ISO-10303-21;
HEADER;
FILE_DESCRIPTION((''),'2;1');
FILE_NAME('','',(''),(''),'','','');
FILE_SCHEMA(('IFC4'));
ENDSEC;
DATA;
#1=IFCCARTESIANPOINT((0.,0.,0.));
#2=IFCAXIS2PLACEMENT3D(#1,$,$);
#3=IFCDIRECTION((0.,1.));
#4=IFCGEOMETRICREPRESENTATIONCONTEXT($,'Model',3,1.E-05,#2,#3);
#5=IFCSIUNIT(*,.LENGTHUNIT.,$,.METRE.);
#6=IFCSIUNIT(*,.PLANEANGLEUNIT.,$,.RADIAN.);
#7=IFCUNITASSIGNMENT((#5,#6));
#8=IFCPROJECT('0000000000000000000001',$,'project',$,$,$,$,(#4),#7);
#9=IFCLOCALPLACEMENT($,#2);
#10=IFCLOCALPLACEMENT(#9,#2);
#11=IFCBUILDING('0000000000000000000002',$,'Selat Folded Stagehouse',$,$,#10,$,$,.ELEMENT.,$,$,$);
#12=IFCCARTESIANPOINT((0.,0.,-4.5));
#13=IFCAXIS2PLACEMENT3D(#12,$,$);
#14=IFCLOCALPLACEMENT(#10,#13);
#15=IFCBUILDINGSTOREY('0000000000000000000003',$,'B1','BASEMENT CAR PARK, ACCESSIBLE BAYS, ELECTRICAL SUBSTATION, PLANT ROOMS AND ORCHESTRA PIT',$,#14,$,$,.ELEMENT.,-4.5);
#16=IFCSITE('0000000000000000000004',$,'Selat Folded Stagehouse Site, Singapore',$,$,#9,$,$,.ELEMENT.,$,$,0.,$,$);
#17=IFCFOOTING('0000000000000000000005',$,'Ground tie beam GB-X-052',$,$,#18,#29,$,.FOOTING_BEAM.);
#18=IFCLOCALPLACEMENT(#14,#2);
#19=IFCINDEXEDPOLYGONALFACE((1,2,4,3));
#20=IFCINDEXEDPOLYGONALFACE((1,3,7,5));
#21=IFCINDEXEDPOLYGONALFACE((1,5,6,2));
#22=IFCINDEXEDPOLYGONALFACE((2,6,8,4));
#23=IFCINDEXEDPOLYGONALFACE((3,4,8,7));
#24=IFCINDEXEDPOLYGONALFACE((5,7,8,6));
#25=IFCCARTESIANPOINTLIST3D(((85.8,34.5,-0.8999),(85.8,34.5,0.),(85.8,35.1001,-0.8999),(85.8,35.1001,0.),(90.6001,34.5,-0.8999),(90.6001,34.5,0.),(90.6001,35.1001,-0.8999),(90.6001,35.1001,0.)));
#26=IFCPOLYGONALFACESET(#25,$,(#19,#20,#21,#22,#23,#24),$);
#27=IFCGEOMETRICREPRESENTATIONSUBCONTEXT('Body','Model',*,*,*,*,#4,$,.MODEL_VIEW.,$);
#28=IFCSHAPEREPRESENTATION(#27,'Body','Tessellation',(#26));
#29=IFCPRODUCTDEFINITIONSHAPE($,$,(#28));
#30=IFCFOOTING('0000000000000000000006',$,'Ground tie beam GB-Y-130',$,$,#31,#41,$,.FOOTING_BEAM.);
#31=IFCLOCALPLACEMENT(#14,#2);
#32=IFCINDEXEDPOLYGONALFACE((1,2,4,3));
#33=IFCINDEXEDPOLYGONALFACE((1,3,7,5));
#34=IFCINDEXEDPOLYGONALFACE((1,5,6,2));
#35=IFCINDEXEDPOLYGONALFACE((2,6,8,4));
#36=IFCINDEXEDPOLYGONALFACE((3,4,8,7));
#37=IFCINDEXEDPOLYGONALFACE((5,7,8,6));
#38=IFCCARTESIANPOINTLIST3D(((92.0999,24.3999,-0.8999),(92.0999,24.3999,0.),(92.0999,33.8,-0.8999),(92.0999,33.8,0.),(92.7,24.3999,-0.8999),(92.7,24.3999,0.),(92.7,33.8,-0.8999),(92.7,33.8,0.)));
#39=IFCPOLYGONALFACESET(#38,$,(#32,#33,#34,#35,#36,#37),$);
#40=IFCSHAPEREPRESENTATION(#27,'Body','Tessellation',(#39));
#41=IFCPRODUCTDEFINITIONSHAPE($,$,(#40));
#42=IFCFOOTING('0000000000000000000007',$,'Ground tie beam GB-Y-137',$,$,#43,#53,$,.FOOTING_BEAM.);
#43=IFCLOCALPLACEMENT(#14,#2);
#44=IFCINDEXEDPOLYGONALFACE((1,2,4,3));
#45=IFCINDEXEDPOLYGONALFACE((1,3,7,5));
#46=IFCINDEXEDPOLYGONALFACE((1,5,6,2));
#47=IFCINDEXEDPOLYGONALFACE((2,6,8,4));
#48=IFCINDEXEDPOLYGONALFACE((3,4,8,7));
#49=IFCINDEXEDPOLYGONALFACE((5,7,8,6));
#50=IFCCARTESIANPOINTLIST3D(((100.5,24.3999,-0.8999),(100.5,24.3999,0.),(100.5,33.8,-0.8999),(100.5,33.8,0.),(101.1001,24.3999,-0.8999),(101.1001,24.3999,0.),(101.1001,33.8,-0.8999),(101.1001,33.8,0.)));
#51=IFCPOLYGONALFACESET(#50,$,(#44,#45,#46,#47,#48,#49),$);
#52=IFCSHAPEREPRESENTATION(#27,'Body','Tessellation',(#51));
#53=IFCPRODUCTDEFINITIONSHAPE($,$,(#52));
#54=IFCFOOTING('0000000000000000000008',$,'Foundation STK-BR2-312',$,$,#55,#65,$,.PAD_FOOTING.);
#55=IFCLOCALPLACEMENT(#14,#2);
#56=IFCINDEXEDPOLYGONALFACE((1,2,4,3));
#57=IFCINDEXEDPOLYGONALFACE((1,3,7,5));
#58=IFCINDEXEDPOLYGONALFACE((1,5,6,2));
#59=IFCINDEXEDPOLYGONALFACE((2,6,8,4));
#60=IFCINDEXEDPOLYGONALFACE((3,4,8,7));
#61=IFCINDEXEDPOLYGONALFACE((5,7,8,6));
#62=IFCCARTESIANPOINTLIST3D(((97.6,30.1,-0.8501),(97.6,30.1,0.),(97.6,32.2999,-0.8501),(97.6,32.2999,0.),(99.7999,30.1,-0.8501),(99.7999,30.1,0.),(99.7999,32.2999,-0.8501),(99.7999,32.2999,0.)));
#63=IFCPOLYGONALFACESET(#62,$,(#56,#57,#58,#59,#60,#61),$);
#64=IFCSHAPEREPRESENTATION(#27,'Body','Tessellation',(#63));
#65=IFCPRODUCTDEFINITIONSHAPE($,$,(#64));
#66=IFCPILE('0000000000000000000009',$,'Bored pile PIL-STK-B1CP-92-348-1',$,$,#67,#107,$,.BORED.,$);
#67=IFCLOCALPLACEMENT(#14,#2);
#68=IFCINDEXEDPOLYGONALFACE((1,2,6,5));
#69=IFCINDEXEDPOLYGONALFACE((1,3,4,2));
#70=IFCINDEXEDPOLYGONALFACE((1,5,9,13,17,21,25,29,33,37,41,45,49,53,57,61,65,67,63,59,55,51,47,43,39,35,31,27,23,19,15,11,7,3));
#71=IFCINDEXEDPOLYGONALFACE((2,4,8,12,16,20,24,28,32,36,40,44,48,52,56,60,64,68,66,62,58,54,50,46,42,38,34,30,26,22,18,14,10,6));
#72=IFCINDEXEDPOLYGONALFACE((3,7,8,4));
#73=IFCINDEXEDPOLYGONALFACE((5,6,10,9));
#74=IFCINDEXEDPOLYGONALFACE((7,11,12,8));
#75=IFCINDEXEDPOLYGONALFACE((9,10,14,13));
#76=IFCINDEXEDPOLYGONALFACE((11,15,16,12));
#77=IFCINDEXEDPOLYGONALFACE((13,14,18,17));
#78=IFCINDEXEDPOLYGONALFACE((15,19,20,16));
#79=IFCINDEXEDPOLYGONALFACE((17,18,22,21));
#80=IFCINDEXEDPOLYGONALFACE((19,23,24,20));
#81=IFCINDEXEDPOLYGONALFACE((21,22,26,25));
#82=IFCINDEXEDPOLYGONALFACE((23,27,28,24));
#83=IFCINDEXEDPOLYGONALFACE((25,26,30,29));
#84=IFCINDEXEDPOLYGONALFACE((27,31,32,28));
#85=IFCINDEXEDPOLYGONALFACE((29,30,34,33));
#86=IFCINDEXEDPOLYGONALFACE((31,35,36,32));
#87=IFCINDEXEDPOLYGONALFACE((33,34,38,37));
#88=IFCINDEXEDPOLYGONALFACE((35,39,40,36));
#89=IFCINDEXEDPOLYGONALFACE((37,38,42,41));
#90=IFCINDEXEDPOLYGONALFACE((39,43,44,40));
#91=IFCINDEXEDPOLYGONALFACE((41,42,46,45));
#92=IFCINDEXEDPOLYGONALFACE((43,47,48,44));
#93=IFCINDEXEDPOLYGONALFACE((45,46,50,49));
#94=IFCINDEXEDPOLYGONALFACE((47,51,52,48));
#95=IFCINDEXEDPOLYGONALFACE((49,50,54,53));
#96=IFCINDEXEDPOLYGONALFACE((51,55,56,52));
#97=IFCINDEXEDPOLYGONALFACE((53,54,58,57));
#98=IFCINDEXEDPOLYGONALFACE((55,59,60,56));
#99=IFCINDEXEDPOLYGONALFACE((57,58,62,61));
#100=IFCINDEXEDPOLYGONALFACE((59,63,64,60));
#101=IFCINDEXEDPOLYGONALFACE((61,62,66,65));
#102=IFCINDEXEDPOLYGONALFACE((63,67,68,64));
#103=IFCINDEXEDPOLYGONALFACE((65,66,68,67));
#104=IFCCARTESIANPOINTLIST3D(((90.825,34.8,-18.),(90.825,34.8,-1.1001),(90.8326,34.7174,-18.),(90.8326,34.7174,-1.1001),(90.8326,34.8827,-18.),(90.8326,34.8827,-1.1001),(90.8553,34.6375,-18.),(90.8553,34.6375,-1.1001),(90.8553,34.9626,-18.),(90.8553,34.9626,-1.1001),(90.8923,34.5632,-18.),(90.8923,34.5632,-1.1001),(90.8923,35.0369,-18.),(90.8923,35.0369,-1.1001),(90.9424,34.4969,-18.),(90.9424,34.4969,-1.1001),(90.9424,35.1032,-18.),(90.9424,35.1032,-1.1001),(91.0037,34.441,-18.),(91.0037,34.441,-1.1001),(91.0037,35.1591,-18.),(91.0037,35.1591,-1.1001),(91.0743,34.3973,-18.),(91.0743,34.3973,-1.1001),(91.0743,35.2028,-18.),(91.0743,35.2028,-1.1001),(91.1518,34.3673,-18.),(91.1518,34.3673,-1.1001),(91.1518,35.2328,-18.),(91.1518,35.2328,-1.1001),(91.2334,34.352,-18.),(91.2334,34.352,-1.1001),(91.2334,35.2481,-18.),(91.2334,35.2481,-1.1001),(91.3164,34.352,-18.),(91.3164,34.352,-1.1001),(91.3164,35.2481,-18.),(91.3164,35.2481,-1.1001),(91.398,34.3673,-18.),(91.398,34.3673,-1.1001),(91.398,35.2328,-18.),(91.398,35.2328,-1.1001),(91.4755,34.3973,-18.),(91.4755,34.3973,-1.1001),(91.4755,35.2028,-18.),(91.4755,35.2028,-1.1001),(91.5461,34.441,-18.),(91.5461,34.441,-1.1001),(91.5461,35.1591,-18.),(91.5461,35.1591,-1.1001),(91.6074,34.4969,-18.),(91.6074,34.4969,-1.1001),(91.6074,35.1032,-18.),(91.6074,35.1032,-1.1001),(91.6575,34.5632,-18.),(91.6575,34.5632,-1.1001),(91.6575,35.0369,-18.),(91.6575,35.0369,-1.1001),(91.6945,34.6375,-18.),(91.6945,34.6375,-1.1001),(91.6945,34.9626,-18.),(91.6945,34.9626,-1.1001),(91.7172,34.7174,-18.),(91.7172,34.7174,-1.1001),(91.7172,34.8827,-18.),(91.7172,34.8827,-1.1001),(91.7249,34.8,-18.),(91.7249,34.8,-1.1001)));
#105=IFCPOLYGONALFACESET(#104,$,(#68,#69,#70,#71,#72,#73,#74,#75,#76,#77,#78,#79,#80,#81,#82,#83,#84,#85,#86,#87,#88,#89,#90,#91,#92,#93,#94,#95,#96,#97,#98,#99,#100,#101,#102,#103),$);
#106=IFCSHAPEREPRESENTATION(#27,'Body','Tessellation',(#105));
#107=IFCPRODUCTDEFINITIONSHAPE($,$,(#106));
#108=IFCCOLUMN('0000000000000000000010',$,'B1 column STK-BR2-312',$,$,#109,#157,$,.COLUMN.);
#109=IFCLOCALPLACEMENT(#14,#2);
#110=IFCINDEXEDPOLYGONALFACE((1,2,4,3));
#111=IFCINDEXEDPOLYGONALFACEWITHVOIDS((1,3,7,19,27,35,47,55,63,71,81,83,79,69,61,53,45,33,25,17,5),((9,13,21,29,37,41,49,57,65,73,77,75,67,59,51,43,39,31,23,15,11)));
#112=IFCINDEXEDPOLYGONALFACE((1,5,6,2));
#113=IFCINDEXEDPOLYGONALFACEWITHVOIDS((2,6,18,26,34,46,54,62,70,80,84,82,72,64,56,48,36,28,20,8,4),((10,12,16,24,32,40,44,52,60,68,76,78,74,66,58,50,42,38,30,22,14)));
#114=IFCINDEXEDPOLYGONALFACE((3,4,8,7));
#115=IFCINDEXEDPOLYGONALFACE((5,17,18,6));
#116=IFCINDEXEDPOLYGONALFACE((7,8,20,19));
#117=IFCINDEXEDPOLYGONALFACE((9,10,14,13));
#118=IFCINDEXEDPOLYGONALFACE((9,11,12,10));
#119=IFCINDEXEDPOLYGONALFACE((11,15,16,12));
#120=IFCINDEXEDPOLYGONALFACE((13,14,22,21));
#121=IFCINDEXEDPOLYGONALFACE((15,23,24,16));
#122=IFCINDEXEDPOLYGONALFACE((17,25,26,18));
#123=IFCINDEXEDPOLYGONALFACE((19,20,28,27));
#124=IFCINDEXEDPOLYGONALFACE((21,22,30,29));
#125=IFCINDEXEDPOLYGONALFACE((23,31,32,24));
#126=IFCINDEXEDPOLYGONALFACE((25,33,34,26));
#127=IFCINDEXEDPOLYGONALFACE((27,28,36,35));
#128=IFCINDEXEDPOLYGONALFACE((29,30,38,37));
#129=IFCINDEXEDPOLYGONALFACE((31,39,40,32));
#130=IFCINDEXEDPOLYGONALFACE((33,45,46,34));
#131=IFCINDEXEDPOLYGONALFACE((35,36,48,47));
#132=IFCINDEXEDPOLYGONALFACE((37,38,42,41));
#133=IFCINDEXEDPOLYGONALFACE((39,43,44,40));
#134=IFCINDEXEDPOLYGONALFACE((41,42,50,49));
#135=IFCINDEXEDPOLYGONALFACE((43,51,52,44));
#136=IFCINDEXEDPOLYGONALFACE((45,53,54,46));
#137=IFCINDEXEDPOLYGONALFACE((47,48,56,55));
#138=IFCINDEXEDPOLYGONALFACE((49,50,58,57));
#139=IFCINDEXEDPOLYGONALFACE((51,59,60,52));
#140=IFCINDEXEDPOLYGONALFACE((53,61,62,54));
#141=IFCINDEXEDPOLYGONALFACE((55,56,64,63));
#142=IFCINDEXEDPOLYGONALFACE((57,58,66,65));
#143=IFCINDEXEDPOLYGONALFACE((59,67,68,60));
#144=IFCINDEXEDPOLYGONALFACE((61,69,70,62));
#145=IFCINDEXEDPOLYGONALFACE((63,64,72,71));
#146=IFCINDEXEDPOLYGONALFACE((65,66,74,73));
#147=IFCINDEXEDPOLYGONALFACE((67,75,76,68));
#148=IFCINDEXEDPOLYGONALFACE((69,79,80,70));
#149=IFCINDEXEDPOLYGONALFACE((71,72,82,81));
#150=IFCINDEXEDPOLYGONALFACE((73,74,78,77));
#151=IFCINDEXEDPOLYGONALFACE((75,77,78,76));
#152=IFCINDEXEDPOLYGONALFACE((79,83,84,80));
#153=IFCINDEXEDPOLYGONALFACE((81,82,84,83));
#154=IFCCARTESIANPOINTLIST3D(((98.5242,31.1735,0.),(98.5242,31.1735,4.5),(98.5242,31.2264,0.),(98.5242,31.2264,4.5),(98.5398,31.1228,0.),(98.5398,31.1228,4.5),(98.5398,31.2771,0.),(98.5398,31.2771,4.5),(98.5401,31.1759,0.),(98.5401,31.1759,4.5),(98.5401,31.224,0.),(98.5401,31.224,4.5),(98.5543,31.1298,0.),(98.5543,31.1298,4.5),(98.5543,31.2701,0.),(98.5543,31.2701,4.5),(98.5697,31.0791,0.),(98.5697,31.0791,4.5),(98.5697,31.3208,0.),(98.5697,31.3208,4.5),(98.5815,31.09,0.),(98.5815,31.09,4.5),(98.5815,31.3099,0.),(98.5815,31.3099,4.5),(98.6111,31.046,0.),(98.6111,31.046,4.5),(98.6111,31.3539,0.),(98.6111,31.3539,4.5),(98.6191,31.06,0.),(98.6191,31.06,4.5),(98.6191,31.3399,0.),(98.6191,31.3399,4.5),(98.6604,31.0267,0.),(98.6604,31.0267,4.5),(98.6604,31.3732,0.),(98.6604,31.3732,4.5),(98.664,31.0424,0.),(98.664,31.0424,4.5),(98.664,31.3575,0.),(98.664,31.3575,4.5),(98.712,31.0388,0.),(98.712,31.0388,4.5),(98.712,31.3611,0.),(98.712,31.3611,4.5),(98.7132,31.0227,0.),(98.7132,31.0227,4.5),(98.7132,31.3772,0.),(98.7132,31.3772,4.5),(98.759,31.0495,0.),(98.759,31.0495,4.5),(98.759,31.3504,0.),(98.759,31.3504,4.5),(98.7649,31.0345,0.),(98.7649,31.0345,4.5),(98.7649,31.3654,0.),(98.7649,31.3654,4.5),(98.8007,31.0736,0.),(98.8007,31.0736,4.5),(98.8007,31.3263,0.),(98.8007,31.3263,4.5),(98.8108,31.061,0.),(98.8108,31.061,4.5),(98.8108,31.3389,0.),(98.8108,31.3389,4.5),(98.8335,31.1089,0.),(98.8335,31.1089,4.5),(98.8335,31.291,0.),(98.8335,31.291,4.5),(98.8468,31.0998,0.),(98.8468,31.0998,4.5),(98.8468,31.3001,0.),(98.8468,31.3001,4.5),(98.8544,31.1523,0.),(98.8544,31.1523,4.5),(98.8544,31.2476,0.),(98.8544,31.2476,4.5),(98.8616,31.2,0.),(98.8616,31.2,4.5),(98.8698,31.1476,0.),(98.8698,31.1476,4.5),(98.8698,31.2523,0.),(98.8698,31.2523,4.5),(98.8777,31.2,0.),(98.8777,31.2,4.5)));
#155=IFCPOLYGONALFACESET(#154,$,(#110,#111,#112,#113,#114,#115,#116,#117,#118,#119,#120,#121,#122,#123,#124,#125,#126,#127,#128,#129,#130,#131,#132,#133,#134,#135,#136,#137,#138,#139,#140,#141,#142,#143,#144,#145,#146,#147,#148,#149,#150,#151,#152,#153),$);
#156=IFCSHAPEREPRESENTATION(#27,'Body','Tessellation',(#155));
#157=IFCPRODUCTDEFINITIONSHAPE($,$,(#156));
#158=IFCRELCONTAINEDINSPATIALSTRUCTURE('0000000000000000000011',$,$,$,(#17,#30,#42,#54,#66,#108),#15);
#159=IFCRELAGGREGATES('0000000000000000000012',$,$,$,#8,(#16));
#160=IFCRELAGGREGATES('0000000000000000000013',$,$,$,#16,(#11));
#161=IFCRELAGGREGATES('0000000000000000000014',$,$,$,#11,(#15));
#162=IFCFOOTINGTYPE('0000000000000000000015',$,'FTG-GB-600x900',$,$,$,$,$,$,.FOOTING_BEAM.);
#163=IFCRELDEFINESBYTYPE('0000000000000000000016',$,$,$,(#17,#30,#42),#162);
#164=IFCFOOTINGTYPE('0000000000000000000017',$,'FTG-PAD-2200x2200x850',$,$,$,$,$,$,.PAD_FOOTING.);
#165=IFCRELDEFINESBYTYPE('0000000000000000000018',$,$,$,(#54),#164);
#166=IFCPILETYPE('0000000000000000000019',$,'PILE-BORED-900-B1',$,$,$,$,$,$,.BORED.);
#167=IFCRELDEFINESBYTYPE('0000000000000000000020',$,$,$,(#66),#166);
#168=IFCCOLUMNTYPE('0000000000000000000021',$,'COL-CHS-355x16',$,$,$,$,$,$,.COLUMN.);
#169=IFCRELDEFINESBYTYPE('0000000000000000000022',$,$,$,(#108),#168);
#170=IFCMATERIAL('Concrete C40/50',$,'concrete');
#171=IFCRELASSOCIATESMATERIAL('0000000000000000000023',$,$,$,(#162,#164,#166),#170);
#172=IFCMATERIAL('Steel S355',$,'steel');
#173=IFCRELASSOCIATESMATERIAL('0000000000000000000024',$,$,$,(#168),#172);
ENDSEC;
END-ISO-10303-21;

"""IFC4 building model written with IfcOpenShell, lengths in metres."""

from ifc_helpers import new_model, si_unit, direction, frame, origin, origin_2d, place, context, subcontext, project, spatial, rectangle, circle, hollow_circle, extrude, material, material_profile, profile_set, type_object, element, save


model = new_model("IFC4")

# Units and contexts
model_context = context("Model", 3, precision=1e-05, world=origin(), true_north=direction((0.0, 1.0)))
body_context = subcontext(model_context, "Body", "Model", "MODEL_VIEW")
ifc_project = project(units=[si_unit("LENGTHUNIT", "METRE"), si_unit("PLANEANGLEUNIT", "RADIAN")], contexts=[model_context])

# Site, building, storey
site_placement = place(None, origin())
site = spatial("IfcSite", under=ifc_project, at=site_placement, Name="Selat Folded Stagehouse Site, Singapore", CompositionType="ELEMENT", RefElevation=0.0)
building_placement = place(site_placement, origin())
building = spatial("IfcBuilding", under=site, at=building_placement, Name="Selat Folded Stagehouse", CompositionType="ELEMENT")
storey_placement = place(building_placement, frame((0.0, 0.0, -4.5)))
storey = spatial("IfcBuildingStorey", under=building, at=storey_placement, Name="B1", Description="BASEMENT CAR PARK, ACCESSIBLE BAYS, ELECTRICAL SUBSTATION, PLANT ROOMS AND ORCHESTRA PIT", CompositionType="ELEMENT", Elevation=-4.5)

# Footings
ifc_material_1 = material(Name="Concrete C40/50", Category="concrete")
ifc_material_profile_1 = material_profile(ifc_material_1, rectangle(XDim=0.6001, YDim=0.8999, at=origin_2d()), Name="RC 900x600")
ifc_profile_set_1 = profile_set([ifc_material_profile_1], Name="Concrete C40/50")
footing_type_1 = type_object("IfcFootingType", Name="FTG-GB-600x900", PredefinedType="FOOTING_BEAM", material=ifc_profile_set_1)
footing_1_placement = place(storey_placement, frame((85.8, 34.8, -0.45), z_axis=(1.0, 0.0, 0.0), x_axis=(0.0, 1.0, 0.0)))
element("IfcFooting", 1, at=footing_1_placement, inside=storey, type_object=footing_type_1, Name="Ground tie beam GB-X-052", PredefinedType="FOOTING_BEAM", context=body_context, shape_type="SweptSolid", body=[
    extrude(rectangle(XDim=0.6001, YDim=0.8999, at=origin_2d()), origin(), (0.0, 0.0, 1.0), 4.8),
])
for number, where, z_axis, x_axis, name in (
    (2, (92.3999, 24.3999, -0.45), (0.0, 1.0, 0.0), (-1.0, 0.0, 0.0), "Ground tie beam GB-Y-130"),
    (3, (100.8, 24.3999, -0.45), (0.0, 1.0, 0.0), (-1.0, 0.0, 0.0), "Ground tie beam GB-Y-137"),
):
    element("IfcFooting", number, at=place(storey_placement, frame(where, z_axis=z_axis, x_axis=x_axis)), inside=storey, type_object=footing_type_1, Name=name, PredefinedType="FOOTING_BEAM", context=body_context, shape_type="SweptSolid", body=[
        extrude(rectangle(XDim=0.6001, YDim=0.8999, at=origin_2d()), origin(), (0.0, 0.0, 1.0), 9.4001),
    ])
footing_type_2 = type_object("IfcFootingType", Name="FTG-PAD-2200x2200x850", PredefinedType="PAD_FOOTING", material=ifc_material_1)
footing_2_placement = place(storey_placement, frame((98.7, 31.2, -0.8501), z_axis=(0.0, 0.0, 1.0), x_axis=(1.0, 0.0, 0.0)))
element("IfcFooting", 4, at=footing_2_placement, inside=storey, type_object=footing_type_2, Name="Foundation STK-BR2-312", PredefinedType="PAD_FOOTING", context=body_context, shape_type="SweptSolid", body=[
    extrude(rectangle(XDim=2.2, YDim=2.2, at=origin_2d()), origin(), (0.0, 0.0, 1.0), 0.8501),
])

# Pile
ifc_material_profile_2 = material_profile(ifc_material_1, circle(Radius=0.45, at=origin_2d()), Name="PILE D900")
ifc_profile_set_2 = profile_set([ifc_material_profile_2], Name="Concrete C40/50")
pile_type = type_object("IfcPileType", Name="PILE-BORED-900-B1", PredefinedType="BORED", material=ifc_profile_set_2)
pile_placement = place(storey_placement, frame((91.2749, 34.8, -1.1001), z_axis=(0.0, 0.0, -1.0), x_axis=(1.0, 0.0, 0.0)))
element("IfcPile", 5, at=pile_placement, inside=storey, type_object=pile_type, Name="Bored pile PIL-STK-B1CP-92-348-1", PredefinedType="BORED", context=body_context, shape_type="SweptSolid", body=[
    extrude(circle(Radius=0.45, at=origin_2d()), origin(), (0.0, 0.0, 1.0), 16.8999),
])

# Column
ifc_material_2 = material(Name="Steel S355", Category="steel")
ifc_material_profile_3 = material_profile(ifc_material_2, hollow_circle(Radius=0.1777, WallThickness=0.0161, at=origin_2d()), Name="CHS 355.6x16.0")
ifc_profile_set_3 = profile_set([ifc_material_profile_3], Name="Steel S355")
column_type = type_object("IfcColumnType", Name="COL-CHS-355x16", PredefinedType="COLUMN", material=ifc_profile_set_3)
column_placement = place(storey_placement, frame((98.7, 31.2, 0.0), z_axis=(0.0, 0.0, 1.0), x_axis=(1.0, 0.0, 0.0)))
element("IfcColumn", 6, at=column_placement, inside=storey, type_object=column_type, Name="B1 column STK-BR2-312", PredefinedType="COLUMN", context=body_context, shape_type="SweptSolid", body=[
    extrude(hollow_circle(Radius=0.1777, WallThickness=0.0161, at=origin_2d()), origin(), (0.0, 0.0, 1.0), 4.5),
])

save(model, "model.ifc")
